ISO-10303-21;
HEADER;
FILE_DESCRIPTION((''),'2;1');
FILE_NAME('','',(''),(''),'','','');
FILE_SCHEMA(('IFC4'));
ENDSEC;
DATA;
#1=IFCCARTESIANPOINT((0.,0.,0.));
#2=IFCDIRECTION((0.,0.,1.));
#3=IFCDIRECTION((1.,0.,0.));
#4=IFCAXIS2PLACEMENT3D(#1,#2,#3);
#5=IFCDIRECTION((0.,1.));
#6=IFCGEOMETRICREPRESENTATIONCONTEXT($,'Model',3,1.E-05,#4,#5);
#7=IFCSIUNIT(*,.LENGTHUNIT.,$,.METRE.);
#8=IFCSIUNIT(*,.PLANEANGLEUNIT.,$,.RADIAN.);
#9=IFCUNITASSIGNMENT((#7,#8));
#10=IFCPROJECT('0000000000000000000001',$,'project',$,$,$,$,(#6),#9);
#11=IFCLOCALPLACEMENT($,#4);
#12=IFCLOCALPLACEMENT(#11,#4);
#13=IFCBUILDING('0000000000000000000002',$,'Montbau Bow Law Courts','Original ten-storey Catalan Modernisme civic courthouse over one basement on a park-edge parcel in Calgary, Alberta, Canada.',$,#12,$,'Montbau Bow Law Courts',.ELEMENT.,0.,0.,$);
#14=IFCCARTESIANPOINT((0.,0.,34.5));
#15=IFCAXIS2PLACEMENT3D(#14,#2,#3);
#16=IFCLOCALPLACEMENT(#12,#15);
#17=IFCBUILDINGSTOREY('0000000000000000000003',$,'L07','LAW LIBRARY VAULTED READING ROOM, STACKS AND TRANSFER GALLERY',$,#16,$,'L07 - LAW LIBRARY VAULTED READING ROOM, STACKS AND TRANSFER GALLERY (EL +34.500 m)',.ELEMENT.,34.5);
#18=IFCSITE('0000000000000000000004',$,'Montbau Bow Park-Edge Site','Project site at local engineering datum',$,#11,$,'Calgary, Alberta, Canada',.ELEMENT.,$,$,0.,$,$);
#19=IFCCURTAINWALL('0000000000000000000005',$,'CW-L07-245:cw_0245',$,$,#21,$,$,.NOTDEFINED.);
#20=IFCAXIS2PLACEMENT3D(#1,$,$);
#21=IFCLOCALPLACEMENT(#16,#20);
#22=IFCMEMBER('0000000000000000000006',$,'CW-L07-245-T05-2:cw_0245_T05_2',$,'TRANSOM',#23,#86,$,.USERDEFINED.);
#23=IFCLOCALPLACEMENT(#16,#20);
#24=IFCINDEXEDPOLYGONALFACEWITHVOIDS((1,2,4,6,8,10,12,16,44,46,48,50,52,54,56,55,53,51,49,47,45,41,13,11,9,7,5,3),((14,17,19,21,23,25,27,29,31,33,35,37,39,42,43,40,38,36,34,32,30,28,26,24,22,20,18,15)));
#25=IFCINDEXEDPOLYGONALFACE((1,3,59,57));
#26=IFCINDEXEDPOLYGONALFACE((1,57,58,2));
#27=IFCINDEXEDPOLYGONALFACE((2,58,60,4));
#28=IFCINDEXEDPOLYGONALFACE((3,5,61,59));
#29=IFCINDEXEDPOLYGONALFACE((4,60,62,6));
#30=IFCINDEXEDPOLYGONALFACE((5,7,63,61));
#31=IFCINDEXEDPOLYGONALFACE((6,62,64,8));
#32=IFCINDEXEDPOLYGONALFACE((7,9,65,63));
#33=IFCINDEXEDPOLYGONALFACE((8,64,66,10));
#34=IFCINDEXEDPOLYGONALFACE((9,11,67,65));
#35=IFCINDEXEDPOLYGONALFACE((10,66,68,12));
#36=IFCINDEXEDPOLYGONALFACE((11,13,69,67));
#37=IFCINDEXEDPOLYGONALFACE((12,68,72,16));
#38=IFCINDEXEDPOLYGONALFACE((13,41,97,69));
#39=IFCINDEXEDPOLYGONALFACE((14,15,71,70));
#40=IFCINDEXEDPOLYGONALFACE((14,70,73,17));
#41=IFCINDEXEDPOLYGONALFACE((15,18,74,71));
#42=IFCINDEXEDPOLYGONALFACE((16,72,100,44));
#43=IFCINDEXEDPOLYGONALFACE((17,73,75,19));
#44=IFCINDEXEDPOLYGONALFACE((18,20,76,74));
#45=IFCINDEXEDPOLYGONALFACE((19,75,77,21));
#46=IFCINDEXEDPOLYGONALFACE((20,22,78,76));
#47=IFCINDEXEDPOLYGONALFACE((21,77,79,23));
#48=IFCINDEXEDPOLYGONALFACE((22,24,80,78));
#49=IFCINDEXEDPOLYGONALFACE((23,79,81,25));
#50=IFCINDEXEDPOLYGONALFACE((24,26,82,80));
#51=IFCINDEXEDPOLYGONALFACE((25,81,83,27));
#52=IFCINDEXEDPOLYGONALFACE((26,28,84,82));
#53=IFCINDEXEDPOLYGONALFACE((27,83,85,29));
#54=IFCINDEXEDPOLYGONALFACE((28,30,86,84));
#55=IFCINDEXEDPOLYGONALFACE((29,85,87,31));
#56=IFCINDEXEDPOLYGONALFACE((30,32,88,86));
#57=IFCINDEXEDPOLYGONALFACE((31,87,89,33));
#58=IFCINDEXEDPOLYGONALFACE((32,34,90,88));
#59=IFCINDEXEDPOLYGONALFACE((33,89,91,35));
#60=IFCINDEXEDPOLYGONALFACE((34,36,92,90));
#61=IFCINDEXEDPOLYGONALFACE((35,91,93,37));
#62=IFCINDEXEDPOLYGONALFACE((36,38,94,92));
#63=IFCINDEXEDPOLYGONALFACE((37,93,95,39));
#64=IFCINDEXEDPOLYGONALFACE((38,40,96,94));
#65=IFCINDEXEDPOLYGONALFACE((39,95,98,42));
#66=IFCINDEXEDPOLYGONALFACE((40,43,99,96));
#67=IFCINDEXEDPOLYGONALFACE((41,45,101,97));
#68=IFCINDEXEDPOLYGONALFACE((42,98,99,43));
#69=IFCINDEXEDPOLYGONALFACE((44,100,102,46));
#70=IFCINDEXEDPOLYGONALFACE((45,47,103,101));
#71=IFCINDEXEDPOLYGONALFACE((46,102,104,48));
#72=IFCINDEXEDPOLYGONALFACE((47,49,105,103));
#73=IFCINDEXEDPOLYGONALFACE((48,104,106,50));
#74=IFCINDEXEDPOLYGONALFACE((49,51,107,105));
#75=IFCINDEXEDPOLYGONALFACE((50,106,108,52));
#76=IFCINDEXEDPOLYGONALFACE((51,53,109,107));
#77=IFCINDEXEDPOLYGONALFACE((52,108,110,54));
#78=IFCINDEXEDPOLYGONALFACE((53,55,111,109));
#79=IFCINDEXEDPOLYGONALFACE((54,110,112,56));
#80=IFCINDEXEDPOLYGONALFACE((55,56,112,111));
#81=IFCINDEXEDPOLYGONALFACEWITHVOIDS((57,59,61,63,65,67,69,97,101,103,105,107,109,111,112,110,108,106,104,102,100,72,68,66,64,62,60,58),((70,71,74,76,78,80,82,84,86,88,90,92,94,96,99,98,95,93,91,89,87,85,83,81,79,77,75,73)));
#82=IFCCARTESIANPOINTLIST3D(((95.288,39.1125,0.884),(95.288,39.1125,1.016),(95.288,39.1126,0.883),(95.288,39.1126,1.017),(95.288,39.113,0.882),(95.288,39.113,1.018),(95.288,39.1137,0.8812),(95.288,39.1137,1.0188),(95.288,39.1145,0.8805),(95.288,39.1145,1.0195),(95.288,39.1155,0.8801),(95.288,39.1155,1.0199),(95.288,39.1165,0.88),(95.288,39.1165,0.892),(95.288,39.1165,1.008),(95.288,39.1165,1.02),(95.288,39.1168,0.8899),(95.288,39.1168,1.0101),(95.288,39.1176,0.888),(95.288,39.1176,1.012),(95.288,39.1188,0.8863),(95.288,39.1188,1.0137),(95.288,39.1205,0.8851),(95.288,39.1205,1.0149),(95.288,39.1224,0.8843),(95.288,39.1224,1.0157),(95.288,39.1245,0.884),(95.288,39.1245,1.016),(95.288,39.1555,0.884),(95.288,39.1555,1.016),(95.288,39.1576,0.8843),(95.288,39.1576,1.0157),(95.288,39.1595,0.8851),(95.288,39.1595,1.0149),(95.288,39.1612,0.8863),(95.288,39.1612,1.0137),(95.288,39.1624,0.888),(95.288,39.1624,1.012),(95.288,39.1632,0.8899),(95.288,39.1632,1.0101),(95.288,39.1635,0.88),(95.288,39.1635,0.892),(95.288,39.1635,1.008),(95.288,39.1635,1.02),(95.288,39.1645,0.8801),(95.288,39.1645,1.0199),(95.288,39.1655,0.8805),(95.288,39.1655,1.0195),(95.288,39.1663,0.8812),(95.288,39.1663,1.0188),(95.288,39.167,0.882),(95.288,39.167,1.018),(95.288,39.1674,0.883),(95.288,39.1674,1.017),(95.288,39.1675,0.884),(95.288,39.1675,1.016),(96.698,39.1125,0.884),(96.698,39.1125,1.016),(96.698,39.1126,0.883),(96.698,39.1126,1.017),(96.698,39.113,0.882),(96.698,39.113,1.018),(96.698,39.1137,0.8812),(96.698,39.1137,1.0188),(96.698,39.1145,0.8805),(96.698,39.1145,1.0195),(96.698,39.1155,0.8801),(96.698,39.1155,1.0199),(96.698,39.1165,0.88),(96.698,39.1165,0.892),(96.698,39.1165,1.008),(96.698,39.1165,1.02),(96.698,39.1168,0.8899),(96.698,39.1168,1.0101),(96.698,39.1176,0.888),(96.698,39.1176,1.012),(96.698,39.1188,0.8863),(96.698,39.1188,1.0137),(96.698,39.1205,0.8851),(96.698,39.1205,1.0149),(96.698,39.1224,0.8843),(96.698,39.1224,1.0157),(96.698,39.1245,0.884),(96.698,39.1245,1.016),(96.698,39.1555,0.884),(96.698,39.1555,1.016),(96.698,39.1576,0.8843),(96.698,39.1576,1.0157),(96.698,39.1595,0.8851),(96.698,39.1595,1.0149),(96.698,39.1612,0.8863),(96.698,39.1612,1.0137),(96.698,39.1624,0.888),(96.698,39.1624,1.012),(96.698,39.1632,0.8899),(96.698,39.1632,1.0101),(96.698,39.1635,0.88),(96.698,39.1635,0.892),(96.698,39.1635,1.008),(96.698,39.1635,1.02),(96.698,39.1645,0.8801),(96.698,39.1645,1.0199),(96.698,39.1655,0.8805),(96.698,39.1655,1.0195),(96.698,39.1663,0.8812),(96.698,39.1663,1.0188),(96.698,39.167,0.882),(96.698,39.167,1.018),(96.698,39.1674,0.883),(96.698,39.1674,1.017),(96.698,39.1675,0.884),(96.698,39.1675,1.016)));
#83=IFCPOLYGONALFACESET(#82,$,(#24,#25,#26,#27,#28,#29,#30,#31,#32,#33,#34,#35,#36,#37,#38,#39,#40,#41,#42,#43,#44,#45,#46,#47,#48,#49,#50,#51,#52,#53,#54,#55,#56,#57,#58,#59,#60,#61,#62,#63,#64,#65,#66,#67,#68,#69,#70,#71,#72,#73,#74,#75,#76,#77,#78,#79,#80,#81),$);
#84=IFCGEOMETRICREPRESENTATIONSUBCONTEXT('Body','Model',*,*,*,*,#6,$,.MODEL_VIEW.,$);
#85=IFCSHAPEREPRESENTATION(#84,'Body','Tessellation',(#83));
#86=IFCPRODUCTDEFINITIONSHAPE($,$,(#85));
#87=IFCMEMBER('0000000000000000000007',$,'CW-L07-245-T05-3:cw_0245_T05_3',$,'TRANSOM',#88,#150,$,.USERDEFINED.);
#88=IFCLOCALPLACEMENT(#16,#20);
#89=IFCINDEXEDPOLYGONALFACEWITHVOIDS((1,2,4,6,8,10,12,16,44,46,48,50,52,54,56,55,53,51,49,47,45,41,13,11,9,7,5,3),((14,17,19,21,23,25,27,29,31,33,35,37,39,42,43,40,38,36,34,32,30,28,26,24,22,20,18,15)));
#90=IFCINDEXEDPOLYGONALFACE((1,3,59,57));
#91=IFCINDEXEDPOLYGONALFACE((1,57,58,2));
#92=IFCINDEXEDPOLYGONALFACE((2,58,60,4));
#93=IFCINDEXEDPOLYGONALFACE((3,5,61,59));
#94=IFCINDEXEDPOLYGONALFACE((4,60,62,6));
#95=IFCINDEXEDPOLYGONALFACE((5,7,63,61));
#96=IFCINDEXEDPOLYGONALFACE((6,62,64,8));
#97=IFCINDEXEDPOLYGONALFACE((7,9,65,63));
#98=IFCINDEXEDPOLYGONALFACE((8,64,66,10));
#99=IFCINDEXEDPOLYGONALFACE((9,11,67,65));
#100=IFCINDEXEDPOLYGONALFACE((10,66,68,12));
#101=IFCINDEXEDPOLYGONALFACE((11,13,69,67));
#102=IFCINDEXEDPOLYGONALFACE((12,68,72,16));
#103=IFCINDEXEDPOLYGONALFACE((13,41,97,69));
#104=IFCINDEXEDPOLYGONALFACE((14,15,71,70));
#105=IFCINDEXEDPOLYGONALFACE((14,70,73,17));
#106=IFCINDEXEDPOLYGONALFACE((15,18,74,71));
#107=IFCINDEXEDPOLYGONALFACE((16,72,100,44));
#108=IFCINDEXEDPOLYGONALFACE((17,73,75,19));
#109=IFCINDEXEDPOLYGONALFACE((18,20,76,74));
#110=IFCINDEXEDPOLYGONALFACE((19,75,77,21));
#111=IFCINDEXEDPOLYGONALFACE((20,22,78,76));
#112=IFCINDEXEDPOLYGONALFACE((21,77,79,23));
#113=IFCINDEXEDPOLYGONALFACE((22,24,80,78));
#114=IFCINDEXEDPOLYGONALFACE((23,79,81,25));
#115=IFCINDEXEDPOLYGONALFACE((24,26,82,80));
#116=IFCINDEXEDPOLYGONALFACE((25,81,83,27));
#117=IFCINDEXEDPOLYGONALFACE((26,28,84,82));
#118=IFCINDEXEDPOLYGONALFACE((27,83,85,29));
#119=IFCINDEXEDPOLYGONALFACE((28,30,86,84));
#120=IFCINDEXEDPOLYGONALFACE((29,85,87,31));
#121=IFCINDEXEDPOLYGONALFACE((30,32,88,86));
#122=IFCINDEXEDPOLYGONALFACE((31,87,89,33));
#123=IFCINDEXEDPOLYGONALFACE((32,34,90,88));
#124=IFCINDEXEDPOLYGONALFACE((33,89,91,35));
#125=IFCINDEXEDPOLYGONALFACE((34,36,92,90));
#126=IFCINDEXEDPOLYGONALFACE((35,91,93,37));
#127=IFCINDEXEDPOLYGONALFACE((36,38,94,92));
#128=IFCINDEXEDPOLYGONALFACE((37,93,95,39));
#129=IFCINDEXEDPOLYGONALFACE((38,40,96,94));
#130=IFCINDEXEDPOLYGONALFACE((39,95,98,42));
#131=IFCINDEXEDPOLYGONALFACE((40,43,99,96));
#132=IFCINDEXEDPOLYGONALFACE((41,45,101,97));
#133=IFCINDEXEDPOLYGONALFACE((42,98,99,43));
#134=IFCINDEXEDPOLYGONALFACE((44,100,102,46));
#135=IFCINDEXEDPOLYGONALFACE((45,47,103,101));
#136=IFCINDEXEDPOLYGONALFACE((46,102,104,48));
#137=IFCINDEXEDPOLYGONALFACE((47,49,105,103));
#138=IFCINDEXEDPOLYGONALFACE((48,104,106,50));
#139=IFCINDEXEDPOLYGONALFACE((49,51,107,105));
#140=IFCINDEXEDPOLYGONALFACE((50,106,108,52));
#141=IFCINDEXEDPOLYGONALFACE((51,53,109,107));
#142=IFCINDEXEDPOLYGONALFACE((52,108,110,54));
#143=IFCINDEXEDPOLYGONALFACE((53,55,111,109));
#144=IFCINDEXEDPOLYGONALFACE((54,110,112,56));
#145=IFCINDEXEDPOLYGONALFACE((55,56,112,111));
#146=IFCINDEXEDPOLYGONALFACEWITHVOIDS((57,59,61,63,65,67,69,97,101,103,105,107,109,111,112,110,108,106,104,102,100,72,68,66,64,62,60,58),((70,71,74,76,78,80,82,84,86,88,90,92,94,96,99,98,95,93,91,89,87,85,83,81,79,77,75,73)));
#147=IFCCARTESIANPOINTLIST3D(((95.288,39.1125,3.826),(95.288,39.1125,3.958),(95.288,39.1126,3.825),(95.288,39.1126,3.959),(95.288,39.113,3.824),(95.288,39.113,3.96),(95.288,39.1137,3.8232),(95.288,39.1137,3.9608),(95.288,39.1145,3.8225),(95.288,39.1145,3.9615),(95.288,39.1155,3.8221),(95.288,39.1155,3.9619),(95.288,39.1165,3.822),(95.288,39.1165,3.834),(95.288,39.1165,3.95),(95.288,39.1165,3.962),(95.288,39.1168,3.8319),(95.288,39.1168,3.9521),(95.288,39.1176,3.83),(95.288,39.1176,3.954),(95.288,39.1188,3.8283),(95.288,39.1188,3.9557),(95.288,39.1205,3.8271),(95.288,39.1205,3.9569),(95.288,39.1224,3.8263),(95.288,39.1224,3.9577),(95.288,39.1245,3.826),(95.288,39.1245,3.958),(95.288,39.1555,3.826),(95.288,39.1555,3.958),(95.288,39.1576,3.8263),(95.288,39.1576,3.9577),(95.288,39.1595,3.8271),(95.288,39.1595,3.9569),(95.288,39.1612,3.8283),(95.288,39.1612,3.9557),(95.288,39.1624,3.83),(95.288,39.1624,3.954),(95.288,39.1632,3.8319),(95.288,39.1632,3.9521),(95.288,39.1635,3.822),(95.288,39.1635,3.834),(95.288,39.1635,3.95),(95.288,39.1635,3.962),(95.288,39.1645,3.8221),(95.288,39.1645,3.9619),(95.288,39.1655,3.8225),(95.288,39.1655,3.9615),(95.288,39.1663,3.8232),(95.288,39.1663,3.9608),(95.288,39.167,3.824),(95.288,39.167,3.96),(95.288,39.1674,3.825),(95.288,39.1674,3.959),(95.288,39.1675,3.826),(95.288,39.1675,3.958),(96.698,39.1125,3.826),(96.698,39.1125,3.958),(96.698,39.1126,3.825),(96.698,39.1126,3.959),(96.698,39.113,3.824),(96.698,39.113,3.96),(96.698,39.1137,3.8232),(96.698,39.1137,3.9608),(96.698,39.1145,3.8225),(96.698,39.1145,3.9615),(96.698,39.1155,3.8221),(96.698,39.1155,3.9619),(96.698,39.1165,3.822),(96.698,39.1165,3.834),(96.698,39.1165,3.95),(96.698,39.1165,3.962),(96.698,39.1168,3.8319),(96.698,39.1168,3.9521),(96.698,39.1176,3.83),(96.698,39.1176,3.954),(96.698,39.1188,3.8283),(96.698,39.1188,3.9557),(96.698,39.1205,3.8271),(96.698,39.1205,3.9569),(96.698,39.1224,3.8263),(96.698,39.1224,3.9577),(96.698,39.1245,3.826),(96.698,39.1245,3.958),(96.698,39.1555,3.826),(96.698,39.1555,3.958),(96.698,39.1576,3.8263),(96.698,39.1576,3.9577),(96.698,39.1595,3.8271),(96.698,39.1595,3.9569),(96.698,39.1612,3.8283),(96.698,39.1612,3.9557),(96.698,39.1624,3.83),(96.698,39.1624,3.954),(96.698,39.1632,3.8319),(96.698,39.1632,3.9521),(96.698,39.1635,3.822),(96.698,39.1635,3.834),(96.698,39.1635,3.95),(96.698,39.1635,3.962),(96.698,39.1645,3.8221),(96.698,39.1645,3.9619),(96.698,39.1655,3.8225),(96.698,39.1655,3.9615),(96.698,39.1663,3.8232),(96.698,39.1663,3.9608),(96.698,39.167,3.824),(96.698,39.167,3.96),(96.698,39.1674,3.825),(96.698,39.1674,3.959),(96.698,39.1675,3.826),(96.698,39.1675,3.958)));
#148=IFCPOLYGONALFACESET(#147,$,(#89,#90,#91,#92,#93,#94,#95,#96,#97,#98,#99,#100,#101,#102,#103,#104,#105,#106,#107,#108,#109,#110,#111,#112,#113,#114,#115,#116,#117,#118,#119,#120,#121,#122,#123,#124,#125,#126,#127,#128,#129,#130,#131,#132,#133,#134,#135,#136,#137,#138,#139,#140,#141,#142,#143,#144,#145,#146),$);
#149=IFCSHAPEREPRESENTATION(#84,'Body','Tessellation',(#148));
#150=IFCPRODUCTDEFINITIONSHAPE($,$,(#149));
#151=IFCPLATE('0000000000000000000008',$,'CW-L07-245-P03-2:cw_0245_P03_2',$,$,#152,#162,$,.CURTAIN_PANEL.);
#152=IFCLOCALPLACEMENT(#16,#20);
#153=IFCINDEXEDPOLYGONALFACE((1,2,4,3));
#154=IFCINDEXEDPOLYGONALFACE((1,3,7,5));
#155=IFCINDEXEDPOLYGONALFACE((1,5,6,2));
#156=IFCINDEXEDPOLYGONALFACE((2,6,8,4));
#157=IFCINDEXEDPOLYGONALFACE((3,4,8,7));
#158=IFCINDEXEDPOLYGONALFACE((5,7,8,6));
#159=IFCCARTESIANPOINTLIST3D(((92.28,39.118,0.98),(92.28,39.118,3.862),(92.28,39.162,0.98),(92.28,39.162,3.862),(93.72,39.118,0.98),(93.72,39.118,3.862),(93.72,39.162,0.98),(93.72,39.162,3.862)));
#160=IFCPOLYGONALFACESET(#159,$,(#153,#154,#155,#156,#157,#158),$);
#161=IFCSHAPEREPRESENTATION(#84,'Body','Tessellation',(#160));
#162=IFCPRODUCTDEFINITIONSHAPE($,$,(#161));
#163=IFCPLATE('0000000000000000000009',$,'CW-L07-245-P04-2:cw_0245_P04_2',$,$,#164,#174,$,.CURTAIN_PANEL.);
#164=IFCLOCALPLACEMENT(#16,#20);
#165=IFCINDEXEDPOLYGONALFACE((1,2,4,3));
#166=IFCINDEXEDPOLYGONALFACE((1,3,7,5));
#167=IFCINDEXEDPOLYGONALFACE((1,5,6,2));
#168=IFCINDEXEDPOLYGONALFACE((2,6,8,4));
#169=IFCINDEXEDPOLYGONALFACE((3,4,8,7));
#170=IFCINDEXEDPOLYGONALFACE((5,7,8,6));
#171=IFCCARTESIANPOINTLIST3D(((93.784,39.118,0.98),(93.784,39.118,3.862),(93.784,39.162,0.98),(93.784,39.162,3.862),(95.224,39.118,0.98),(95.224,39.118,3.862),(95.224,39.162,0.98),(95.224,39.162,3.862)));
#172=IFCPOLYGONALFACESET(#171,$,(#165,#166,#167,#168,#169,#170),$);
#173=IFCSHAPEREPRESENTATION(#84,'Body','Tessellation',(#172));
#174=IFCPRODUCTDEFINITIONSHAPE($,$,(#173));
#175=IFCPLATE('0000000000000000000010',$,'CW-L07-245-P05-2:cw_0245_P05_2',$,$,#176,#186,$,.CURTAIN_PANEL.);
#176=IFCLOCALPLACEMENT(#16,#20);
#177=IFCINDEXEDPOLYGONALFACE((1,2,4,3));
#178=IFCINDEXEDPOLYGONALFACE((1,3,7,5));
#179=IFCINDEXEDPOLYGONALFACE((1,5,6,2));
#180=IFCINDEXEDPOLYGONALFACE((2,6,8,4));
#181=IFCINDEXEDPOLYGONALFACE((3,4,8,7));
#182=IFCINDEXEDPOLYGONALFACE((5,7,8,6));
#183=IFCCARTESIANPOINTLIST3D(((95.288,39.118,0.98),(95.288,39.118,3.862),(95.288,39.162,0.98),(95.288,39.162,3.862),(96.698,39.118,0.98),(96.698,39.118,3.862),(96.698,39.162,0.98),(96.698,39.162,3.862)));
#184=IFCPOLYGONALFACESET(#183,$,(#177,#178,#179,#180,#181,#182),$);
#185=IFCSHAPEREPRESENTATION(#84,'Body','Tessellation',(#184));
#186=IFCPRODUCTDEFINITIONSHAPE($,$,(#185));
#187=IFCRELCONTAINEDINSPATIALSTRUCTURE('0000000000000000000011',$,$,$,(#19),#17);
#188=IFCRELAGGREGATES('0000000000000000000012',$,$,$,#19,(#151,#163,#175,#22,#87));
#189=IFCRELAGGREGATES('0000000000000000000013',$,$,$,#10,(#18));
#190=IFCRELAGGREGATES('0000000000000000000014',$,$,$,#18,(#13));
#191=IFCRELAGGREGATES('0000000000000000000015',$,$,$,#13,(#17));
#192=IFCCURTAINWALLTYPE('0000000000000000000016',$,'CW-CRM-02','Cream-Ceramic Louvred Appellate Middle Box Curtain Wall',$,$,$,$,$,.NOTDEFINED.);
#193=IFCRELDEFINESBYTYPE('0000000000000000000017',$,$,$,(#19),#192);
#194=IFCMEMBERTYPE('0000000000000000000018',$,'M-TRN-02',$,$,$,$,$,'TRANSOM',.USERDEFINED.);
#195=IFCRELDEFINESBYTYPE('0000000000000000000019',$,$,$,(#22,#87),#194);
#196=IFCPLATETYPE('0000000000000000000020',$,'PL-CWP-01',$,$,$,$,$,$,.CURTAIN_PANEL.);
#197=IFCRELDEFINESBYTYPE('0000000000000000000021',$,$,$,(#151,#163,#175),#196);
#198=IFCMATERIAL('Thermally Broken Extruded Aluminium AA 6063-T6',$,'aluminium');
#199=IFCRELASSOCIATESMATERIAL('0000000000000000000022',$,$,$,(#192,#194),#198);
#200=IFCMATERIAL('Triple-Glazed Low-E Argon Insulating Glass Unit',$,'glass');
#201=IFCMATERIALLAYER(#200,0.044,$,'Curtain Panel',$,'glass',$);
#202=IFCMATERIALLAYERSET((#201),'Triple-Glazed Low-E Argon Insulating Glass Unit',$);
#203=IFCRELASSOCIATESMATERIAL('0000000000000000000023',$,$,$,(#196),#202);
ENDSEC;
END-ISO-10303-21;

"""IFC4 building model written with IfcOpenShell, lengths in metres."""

from ifc_helpers import new_model, si_unit, direction, frame, frame_2d, origin_with_axes, origin_2d_with_axis, place, context, subcontext, project, spatial, rectangle, hollow_rectangle, extrude, material, layer, layer_set, material_profile, profile_set, type_object, element, aggregate, save


model = new_model("IFC4")

# Units and contexts
model_context = context("Model", 3, precision=1e-05, world=origin_with_axes(), true_north=direction((0.0, 1.0)))
body_context = subcontext(model_context, "Body", "Model", "MODEL_VIEW")
ifc_project = project(units=[si_unit("LENGTHUNIT", "METRE"), si_unit("PLANEANGLEUNIT", "RADIAN")], contexts=[model_context])

# Site, building, storey
site_placement = place(None, origin_with_axes())
site = spatial("IfcSite", under=ifc_project, at=site_placement, Name="Montbau Bow Park-Edge Site", Description="Project site at local engineering datum", LongName="Calgary, Alberta, Canada", CompositionType="ELEMENT", RefElevation=0.0)
building_placement = place(site_placement, origin_with_axes())
building = spatial("IfcBuilding", under=site, at=building_placement, Name="Montbau Bow Law Courts", Description="Original ten-storey Catalan Modernisme civic courthouse over one basement on a park-edge parcel in Calgary, Alberta, Canada.", LongName="Montbau Bow Law Courts", CompositionType="ELEMENT", ElevationOfRefHeight=0.0, ElevationOfTerrain=0.0)
storey_placement = place(building_placement, frame((0.0, 0.0, 34.5), z_axis=(0.0, 0.0, 1.0), x_axis=(1.0, 0.0, 0.0)))
storey = spatial("IfcBuildingStorey", under=building, at=storey_placement, Name="L07", Description="LAW LIBRARY VAULTED READING ROOM, STACKS AND TRANSFER GALLERY", LongName="L07 - LAW LIBRARY VAULTED READING ROOM, STACKS AND TRANSFER GALLERY (EL +34.500 m)", CompositionType="ELEMENT", Elevation=34.5)

# Curtain wall, members, plates
ifc_material_1 = material(Name="Thermally Broken Extruded Aluminium AA 6063-T6", Category="aluminium")
curtain_wall_type = type_object("IfcCurtainWallType", Name="CW-CRM-02", Description="Cream-Ceramic Louvred Appellate Middle Box Curtain Wall", PredefinedType="NOTDEFINED", material=ifc_material_1)
curtain_wall_placement = place(None, frame((89.24, 39.14, 34.5), z_axis=(0.0, 0.0, 1.0), x_axis=(1.0, 0.0, 0.0)))
curtain_wall = element("IfcCurtainWall", 1, at=curtain_wall_placement, inside=storey, type_object=curtain_wall_type, Name="CW-L07-245:cw_0245", PredefinedType="NOTDEFINED")
ifc_material_profile_1 = material_profile(ifc_material_1, hollow_rectangle(XDim=0.055, YDim=0.14, WallThickness=0.004, InnerFilletRadius=0.008, OuterFilletRadius=0.004, at=origin_2d_with_axis()), Name="CWT-140X55", Category="Main", Priority=0)
ifc_profile_set_1 = profile_set([ifc_material_profile_1], Name="Thermally Broken Extruded Aluminium AA 6063-T6")
member_type_1 = type_object("IfcMemberType", Name="M-TRN-02", ElementType="TRANSOM", PredefinedType="USERDEFINED", material=ifc_profile_set_1)
member_1_placement = place(None, frame((95.288, 39.14, 35.45), z_axis=(1.0, 0.0, 0.0), x_axis=(0.0, 1.0, 0.0)))
member_1 = element("IfcMember", 2, at=member_1_placement, type_object=member_type_1, Name="CW-L07-245-T05-2:cw_0245_T05_2", ObjectType="TRANSOM", PredefinedType="USERDEFINED", context=body_context, shape_type="SweptSolid", body=[
    extrude(hollow_rectangle(XDim=0.055, YDim=0.14, WallThickness=0.004, InnerFilletRadius=0.008, OuterFilletRadius=0.004, at=origin_2d_with_axis()), origin_with_axes(), (0.0, 0.0, 1.0), 1.41),
])
member_2_placement = place(None, frame((95.288, 39.14, 38.392), z_axis=(1.0, 0.0, 0.0), x_axis=(0.0, 1.0, 0.0)))
member_2 = element("IfcMember", 3, at=member_2_placement, type_object=member_type_1, Name="CW-L07-245-T05-3:cw_0245_T05_3", ObjectType="TRANSOM", PredefinedType="USERDEFINED", context=body_context, shape_type="SweptSolid", body=[
    extrude(hollow_rectangle(XDim=0.055, YDim=0.14, WallThickness=0.004, InnerFilletRadius=0.008, OuterFilletRadius=0.004, at=origin_2d_with_axis()), origin_with_axes(), (0.0, 0.0, 1.0), 1.41),
])
ifc_material_2 = material(Name="Triple-Glazed Low-E Argon Insulating Glass Unit", Category="glass")
ifc_layer_1 = layer(ifc_material_2, 0.044, Name="Curtain Panel", Category="glass")
ifc_layer_set_1 = layer_set([ifc_layer_1], Name="Triple-Glazed Low-E Argon Insulating Glass Unit")
plate_type_1 = type_object("IfcPlateType", Name="PL-CWP-01", PredefinedType="CURTAIN_PANEL", material=ifc_layer_set_1)
plate_1_placement = place(None, frame((92.28, 39.14, 35.48), z_axis=(0.0, -1.0, 0.0), x_axis=(1.0, 0.0, 0.0)))
plate_1 = element("IfcPlate", 4, at=plate_1_placement, type_object=plate_type_1, Name="CW-L07-245-P03-2:cw_0245_P03_2", PredefinedType="CURTAIN_PANEL", context=body_context, shape_type="SweptSolid", body=[
    extrude(rectangle(XDim=1.44, YDim=2.882, at=frame_2d((0.72, 1.441), x_axis=(1.0, 0.0))), frame((0.0, 0.0, -0.022), z_axis=(0.0, 0.0, 1.0), x_axis=(1.0, 0.0, 0.0)), (0.0, 0.0, 1.0), 0.044),
])
plate_2_placement = place(None, frame((93.784, 39.14, 35.48), z_axis=(0.0, -1.0, 0.0), x_axis=(1.0, 0.0, 0.0)))
plate_2 = element("IfcPlate", 5, at=plate_2_placement, type_object=plate_type_1, Name="CW-L07-245-P04-2:cw_0245_P04_2", PredefinedType="CURTAIN_PANEL", context=body_context, shape_type="SweptSolid", body=[
    extrude(rectangle(XDim=1.44, YDim=2.882, at=frame_2d((0.72, 1.441), x_axis=(1.0, 0.0))), frame((0.0, 0.0, -0.022), z_axis=(0.0, 0.0, 1.0), x_axis=(1.0, 0.0, 0.0)), (0.0, 0.0, 1.0), 0.044),
])
plate_3_placement = place(None, frame((95.288, 39.14, 35.48), z_axis=(0.0, -1.0, 0.0), x_axis=(1.0, 0.0, 0.0)))
plate_3 = element("IfcPlate", 6, at=plate_3_placement, type_object=plate_type_1, Name="CW-L07-245-P05-2:cw_0245_P05_2", PredefinedType="CURTAIN_PANEL", context=body_context, shape_type="SweptSolid", body=[
    extrude(rectangle(XDim=1.41, YDim=2.882, at=frame_2d((0.705, 1.441), x_axis=(1.0, 0.0))), frame((0.0, 0.0, -0.022), z_axis=(0.0, 0.0, 1.0), x_axis=(1.0, 0.0, 0.0)), (0.0, 0.0, 1.0), 0.044),
])
aggregate(curtain_wall, [plate_1, plate_2, plate_3, member_1, member_2])

save(model, "model.ifc")
